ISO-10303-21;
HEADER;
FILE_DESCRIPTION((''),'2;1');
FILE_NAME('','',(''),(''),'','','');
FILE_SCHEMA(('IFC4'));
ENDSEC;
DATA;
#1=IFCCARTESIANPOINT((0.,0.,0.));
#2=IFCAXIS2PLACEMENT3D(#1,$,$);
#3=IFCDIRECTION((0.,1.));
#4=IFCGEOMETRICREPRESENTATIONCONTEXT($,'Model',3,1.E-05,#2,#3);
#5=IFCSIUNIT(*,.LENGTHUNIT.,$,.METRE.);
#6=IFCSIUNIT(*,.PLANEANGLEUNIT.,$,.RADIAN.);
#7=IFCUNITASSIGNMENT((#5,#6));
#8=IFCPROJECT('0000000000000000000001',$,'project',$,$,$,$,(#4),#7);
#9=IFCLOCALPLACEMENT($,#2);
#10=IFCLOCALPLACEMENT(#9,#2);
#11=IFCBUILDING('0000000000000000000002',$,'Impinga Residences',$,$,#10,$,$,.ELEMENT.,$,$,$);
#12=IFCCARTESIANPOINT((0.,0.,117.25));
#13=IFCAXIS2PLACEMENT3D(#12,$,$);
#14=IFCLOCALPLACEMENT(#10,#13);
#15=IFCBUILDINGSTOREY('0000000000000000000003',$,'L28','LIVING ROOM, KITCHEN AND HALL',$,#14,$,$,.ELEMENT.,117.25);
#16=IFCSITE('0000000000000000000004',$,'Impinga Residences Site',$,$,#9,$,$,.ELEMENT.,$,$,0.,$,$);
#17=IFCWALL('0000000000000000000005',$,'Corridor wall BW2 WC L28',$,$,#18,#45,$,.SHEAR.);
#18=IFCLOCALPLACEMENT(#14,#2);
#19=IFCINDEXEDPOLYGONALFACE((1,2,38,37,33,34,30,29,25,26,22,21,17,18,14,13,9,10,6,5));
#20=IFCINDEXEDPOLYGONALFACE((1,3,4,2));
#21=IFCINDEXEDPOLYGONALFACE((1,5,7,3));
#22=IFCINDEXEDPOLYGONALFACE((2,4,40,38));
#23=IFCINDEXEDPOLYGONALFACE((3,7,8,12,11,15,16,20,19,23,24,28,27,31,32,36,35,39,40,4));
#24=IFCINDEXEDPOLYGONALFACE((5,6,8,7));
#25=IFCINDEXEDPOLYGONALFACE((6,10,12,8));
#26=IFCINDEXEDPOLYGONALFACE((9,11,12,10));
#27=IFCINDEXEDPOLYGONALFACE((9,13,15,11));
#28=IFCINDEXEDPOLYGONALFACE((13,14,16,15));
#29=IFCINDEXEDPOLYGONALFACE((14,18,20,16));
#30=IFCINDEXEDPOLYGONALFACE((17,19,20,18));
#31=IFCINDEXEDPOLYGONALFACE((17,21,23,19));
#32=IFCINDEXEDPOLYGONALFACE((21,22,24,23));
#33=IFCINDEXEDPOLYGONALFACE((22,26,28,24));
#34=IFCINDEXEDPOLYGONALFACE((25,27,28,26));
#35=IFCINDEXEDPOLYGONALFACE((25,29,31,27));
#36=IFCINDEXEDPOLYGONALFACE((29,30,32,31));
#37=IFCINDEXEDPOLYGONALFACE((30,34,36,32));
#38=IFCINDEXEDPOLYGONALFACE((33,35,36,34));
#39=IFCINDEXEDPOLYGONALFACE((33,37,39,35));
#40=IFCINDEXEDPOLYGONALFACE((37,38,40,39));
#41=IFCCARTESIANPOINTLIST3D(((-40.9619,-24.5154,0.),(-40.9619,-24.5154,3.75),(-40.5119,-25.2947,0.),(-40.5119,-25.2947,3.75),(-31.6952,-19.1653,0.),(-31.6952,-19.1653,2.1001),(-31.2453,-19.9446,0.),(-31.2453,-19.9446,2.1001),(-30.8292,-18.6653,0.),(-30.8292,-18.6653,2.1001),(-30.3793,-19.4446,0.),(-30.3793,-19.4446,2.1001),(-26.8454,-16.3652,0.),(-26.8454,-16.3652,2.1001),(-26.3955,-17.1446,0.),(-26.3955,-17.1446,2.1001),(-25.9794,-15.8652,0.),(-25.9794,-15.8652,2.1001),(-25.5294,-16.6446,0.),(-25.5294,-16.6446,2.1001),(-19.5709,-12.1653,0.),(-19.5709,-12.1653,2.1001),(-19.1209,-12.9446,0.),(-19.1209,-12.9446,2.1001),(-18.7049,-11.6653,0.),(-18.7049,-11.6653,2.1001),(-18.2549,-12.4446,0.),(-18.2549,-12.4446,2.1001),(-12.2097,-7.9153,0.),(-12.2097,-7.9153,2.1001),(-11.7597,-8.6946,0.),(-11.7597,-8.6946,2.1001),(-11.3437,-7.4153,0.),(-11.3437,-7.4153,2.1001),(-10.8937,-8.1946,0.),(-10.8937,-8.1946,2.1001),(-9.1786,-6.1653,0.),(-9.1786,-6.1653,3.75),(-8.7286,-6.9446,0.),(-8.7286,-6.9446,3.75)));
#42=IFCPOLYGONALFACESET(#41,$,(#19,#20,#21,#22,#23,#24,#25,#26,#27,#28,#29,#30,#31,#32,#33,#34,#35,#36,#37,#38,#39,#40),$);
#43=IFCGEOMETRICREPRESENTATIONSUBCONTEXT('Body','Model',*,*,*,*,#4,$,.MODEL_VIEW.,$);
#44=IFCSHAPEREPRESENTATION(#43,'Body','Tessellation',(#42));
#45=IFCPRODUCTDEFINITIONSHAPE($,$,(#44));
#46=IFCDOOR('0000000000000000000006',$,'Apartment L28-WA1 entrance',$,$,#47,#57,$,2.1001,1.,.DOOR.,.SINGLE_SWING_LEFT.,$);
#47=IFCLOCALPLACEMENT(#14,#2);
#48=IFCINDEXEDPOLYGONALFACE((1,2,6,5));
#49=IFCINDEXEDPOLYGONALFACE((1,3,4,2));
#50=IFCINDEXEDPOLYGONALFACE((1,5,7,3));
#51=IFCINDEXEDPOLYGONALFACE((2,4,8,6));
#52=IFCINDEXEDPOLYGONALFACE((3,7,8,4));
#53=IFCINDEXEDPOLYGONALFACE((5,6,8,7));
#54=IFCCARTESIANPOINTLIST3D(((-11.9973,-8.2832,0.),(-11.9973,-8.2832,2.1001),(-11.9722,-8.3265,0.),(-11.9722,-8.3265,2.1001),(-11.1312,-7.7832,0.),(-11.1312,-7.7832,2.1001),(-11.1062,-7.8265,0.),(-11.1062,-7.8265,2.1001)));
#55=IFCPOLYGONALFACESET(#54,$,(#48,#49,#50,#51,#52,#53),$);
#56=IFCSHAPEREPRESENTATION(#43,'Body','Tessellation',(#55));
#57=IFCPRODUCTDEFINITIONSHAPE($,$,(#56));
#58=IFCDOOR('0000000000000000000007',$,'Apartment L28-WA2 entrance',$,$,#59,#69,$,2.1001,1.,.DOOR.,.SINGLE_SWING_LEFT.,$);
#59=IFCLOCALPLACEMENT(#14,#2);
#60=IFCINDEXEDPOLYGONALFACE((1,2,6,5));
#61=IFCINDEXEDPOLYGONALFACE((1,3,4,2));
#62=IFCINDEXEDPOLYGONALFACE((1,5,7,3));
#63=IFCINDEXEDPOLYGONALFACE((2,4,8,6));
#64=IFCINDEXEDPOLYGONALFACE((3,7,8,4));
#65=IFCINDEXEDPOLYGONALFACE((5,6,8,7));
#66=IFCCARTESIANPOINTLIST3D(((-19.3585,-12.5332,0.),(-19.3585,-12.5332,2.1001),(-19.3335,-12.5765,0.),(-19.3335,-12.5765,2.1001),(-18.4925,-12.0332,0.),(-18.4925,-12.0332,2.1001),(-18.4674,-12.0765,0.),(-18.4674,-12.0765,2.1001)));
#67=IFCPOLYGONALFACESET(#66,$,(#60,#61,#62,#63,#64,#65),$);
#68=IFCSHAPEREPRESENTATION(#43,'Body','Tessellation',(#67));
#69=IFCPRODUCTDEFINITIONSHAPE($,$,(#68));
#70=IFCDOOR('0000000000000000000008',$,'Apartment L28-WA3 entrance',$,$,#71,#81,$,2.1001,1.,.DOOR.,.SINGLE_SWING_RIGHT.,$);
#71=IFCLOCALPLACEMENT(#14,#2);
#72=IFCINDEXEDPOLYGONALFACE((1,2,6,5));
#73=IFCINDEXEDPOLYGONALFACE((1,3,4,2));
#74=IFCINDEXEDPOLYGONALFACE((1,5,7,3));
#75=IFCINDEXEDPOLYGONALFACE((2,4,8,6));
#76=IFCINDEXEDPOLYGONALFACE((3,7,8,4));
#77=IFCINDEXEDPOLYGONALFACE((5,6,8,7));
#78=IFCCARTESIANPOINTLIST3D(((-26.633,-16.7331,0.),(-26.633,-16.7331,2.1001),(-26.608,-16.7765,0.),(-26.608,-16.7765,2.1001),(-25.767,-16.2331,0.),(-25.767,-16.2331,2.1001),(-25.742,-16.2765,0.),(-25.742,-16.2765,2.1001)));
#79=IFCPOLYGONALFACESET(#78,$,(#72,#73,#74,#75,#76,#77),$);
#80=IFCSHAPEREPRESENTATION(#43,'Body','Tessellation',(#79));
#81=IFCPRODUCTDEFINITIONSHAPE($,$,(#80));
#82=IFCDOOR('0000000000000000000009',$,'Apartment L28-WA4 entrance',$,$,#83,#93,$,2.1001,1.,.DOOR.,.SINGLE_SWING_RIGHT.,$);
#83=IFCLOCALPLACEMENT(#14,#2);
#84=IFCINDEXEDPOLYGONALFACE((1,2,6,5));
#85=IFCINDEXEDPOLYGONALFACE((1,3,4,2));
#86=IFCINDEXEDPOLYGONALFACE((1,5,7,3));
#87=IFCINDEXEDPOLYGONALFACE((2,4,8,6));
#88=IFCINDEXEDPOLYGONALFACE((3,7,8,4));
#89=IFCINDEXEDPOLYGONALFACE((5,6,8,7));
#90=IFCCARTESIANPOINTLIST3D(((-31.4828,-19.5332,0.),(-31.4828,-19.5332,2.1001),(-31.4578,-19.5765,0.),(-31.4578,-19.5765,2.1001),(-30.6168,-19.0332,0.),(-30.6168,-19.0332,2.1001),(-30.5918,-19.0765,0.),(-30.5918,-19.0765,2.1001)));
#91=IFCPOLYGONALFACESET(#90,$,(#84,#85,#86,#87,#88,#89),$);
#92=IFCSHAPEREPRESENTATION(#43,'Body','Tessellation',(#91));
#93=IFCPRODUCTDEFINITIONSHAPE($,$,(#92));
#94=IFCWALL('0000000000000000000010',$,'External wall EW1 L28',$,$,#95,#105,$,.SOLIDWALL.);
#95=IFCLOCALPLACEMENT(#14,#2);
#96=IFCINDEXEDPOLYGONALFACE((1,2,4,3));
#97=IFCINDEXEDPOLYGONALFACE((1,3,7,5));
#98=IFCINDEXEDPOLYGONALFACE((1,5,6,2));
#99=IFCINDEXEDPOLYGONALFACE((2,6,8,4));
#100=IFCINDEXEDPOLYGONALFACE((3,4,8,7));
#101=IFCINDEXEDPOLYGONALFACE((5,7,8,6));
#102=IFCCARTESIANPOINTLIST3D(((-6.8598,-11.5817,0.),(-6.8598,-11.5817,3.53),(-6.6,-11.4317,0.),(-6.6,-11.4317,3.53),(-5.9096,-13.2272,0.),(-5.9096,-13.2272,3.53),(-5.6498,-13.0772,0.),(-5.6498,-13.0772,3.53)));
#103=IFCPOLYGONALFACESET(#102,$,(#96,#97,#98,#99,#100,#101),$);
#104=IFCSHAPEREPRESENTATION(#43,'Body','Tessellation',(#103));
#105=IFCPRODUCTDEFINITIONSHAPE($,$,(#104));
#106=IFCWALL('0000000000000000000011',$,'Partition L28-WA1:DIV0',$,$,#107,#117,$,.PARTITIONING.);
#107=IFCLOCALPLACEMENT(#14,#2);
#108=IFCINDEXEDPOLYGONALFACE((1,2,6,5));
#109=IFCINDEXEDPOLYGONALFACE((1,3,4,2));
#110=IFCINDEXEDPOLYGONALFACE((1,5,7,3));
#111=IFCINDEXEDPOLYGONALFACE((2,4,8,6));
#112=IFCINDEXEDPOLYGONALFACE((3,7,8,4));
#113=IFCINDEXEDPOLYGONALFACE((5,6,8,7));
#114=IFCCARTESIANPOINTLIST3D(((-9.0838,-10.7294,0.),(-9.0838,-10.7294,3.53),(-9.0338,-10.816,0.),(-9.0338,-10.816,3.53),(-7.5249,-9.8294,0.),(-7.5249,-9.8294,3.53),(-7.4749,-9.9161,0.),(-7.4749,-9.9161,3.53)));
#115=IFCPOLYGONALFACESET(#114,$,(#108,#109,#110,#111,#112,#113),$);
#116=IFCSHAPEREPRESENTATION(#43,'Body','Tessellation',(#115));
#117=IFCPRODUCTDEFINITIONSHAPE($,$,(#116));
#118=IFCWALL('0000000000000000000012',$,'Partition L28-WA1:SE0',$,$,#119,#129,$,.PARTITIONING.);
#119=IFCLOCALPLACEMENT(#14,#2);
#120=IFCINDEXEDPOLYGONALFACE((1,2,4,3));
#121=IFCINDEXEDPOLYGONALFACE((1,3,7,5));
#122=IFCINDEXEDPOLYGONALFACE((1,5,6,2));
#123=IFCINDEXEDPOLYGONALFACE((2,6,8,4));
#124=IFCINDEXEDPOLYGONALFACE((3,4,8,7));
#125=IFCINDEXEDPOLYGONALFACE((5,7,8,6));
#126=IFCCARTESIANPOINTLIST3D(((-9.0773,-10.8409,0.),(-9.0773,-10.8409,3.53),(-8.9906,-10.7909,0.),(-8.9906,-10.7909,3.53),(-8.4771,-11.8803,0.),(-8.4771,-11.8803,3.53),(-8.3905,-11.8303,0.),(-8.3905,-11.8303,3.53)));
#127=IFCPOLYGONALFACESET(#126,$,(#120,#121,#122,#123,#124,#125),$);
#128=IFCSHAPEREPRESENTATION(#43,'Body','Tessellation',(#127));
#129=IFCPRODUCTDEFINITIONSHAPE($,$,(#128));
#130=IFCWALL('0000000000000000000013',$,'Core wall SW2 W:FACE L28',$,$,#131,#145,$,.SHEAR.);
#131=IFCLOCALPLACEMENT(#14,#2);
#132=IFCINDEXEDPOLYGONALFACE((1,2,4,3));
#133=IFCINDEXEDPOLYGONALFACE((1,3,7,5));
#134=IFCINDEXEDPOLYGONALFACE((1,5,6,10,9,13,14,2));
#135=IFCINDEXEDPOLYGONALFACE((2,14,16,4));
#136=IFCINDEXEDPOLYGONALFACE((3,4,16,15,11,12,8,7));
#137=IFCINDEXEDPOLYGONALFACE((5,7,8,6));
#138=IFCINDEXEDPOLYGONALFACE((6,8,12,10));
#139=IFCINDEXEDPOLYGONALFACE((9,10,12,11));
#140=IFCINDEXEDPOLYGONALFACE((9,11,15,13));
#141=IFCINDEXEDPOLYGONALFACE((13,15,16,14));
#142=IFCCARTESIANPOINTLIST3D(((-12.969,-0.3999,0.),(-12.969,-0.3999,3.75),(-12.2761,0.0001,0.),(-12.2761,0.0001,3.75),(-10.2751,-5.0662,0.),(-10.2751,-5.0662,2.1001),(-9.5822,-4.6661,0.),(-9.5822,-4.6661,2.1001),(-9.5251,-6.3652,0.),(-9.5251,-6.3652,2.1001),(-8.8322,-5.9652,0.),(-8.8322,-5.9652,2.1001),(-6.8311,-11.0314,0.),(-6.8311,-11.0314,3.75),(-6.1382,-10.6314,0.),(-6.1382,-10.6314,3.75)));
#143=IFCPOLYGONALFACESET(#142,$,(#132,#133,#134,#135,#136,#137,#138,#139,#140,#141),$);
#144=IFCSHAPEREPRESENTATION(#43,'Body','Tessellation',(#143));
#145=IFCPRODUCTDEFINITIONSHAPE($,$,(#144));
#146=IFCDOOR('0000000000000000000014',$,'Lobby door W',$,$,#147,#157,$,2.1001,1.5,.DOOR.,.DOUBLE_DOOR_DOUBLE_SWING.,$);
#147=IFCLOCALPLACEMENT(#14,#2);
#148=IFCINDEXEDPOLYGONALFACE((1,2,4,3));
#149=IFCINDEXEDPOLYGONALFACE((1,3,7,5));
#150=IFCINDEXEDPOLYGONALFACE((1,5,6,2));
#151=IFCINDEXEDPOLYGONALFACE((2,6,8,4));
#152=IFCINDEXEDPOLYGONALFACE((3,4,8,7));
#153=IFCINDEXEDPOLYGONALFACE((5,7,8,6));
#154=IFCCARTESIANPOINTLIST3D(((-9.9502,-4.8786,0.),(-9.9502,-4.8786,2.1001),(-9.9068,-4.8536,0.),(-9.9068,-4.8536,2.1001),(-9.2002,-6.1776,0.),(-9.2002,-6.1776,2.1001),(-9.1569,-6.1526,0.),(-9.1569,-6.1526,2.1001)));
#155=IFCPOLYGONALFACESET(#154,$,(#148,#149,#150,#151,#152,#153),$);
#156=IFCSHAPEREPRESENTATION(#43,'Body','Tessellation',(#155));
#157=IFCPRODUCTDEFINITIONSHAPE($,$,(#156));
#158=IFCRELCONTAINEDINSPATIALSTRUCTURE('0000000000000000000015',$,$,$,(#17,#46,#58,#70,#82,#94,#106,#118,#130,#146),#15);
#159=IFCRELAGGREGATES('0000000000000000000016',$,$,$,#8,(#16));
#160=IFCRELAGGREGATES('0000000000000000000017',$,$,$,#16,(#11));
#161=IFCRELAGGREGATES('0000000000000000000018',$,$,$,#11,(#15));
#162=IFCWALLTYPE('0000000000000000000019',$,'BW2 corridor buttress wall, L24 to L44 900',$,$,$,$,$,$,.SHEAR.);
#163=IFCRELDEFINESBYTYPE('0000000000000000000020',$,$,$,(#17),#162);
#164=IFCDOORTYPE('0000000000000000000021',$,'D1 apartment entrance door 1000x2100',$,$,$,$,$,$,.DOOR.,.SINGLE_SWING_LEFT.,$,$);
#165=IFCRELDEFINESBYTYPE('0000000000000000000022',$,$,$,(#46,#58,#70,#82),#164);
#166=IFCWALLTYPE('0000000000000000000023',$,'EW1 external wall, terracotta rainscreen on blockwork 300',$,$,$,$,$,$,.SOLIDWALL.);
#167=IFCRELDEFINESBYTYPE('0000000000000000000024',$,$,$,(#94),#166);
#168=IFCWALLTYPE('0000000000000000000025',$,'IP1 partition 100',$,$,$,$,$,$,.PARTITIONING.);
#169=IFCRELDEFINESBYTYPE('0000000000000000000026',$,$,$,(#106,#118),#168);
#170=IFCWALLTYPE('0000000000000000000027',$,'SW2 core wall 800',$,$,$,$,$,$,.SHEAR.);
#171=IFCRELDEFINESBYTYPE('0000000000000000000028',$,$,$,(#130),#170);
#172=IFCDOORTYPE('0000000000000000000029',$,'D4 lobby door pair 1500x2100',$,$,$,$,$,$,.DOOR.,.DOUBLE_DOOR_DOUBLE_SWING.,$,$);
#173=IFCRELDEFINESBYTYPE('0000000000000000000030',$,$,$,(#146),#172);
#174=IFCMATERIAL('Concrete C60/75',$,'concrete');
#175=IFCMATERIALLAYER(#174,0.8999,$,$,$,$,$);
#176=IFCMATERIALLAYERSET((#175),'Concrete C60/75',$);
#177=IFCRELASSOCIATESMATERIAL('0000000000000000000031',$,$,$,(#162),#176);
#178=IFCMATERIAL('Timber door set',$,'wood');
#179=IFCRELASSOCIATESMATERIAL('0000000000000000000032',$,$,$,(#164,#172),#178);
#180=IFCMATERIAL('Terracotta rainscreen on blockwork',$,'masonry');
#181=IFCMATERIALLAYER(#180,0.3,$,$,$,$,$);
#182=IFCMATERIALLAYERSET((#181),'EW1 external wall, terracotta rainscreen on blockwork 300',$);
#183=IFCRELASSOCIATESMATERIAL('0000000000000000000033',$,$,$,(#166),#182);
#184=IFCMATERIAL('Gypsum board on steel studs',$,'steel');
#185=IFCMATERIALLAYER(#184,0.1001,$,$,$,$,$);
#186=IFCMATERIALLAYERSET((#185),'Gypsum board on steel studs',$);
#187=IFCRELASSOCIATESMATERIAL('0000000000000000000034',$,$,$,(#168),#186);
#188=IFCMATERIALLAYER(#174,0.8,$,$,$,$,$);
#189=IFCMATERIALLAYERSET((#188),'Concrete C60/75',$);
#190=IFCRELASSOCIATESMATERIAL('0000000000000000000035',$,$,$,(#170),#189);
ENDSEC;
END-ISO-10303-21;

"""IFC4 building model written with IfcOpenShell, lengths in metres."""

from ifc_helpers import new_model, si_unit, direction, frame, frame_2d, origin, place, context, subcontext, project, spatial, rectangle, extrude, material, layer, layer_set, type_object, element, fill, save


model = new_model("IFC4")

# Units and contexts
model_context = context("Model", 3, precision=1e-05, world=origin(), true_north=direction((0.0, 1.0)))
body_context = subcontext(model_context, "Body", "Model", "MODEL_VIEW")
ifc_project = project(units=[si_unit("LENGTHUNIT", "METRE"), si_unit("PLANEANGLEUNIT", "RADIAN")], contexts=[model_context])

# Site, building, storey
site_placement = place(None, origin())
site = spatial("IfcSite", under=ifc_project, at=site_placement, Name="Impinga Residences Site", CompositionType="ELEMENT", RefElevation=0.0)
building_placement = place(site_placement, origin())
building = spatial("IfcBuilding", under=site, at=building_placement, Name="Impinga Residences", CompositionType="ELEMENT")
storey_placement = place(building_placement, frame((0.0, 0.0, 117.25)))
storey = spatial("IfcBuildingStorey", under=building, at=storey_placement, Name="L28", Description="LIVING ROOM, KITCHEN AND HALL", CompositionType="ELEMENT", Elevation=117.25)

# Wall, openings, doors
ifc_material_1 = material(Name="Concrete C60/75", Category="concrete")
ifc_layer_1 = layer(ifc_material_1, 0.8999)
ifc_layer_set_1 = layer_set([ifc_layer_1], Name="Concrete C60/75")
wall_type_1 = type_object("IfcWallType", Name="BW2 corridor buttress wall, L24 to L44 900", PredefinedType="SHEAR", material=ifc_layer_set_1)
wall_1_placement = place(storey_placement, frame((-8.9536, -6.5549, 0.0), z_axis=(0.0, 0.0, 1.0), x_axis=(-0.866025, -0.500001, 0.0)))
wall_1 = element("IfcWall", 1, at=wall_1_placement, inside=storey, type_object=wall_type_1, Name="Corridor wall BW2 WC L28", PredefinedType="SHEAR", context=body_context, shape_type="SweptSolid", body=[
    extrude(rectangle(XDim=36.7002, YDim=0.8999, at=frame_2d((18.3501, 0.0))), origin(), (0.0, 0.0, 1.0), 3.75),
])
opening_1_placement = place(wall_1_placement, frame((2.5, 0.0, 0.0)))
opening_1 = element("IfcOpeningElement", 2, at=opening_1_placement, cuts=wall_1, PredefinedType="OPENING", context=body_context, shape_type="SweptSolid", body=[
    extrude(rectangle(XDim=1.0, YDim=2.1001, at=frame_2d((0.5, 1.05))), frame((0.0, 0.46, 0.0), z_axis=(0.0, -1.0, 0.0), x_axis=(1.0, 0.0, 0.0)), (0.0, 0.0, 1.0), 0.9199),
])
opening_2_placement = place(wall_1_placement, frame((11.0, 0.0, 0.0)))
opening_2 = element("IfcOpeningElement", 3, at=opening_2_placement, cuts=wall_1, PredefinedType="OPENING", context=body_context, shape_type="SweptSolid", body=[
    extrude(rectangle(XDim=1.0, YDim=2.1001, at=frame_2d((0.5, 1.05))), frame((0.0, 0.46, 0.0), z_axis=(0.0, -1.0, 0.0), x_axis=(1.0, 0.0, 0.0)), (0.0, 0.0, 1.0), 0.9199),
])
opening_3_placement = place(wall_1_placement, frame((19.3999, 0.0, 0.0)))
opening_3 = element("IfcOpeningElement", 4, at=opening_3_placement, cuts=wall_1, PredefinedType="OPENING", context=body_context, shape_type="SweptSolid", body=[
    extrude(rectangle(XDim=1.0, YDim=2.1001, at=frame_2d((0.5, 1.05))), frame((0.0, 0.46, 0.0), z_axis=(0.0, -1.0, 0.0), x_axis=(1.0, 0.0, 0.0)), (0.0, 0.0, 1.0), 0.9199),
])
opening_4_placement = place(wall_1_placement, frame((25.0, 0.0, 0.0)))
opening_4 = element("IfcOpeningElement", 5, at=opening_4_placement, cuts=wall_1, PredefinedType="OPENING", context=body_context, shape_type="SweptSolid", body=[
    extrude(rectangle(XDim=1.0, YDim=2.1001, at=frame_2d((0.5, 1.05))), frame((0.0, 0.46, 0.0), z_axis=(0.0, -1.0, 0.0), x_axis=(1.0, 0.0, 0.0)), (0.0, 0.0, 1.0), 0.9199),
])
ifc_material_2 = material(Name="Timber door set", Category="wood")
door_type_1 = type_object("IfcDoorType", Name="D1 apartment entrance door 1000x2100", OperationType="SINGLE_SWING_LEFT", PredefinedType="DOOR", material=ifc_material_2)
door_1_placement = place(opening_1_placement, origin())
door_1 = element("IfcDoor", 6, at=door_1_placement, inside=storey, type_object=door_type_1, Name="Apartment L28-WA1 entrance", OperationType="SINGLE_SWING_LEFT", OverallHeight=2.1001, OverallWidth=1.0, PredefinedType="DOOR", context=body_context, shape_type="SweptSolid", body=[
    extrude(rectangle(XDim=1.0, YDim=2.1001, at=frame_2d((0.5, 1.05))), frame((0.0, 0.0249, 0.0), z_axis=(0.0, -1.0, 0.0), x_axis=(1.0, 0.0, 0.0)), (0.0, 0.0, 1.0), 0.05),
])
fill(opening_1, door_1)
door_2_placement = place(opening_2_placement, origin())
door_2 = element("IfcDoor", 7, at=door_2_placement, inside=storey, type_object=door_type_1, Name="Apartment L28-WA2 entrance", OperationType="SINGLE_SWING_LEFT", OverallHeight=2.1001, OverallWidth=1.0, PredefinedType="DOOR", context=body_context, shape_type="SweptSolid", body=[
    extrude(rectangle(XDim=1.0, YDim=2.1001, at=frame_2d((0.5, 1.05))), frame((0.0, 0.0249, 0.0), z_axis=(0.0, -1.0, 0.0), x_axis=(1.0, 0.0, 0.0)), (0.0, 0.0, 1.0), 0.05),
])
fill(opening_2, door_2)
door_3_placement = place(opening_3_placement, origin())
door_3 = element("IfcDoor", 8, at=door_3_placement, inside=storey, type_object=door_type_1, Name="Apartment L28-WA3 entrance", OperationType="SINGLE_SWING_RIGHT", OverallHeight=2.1001, OverallWidth=1.0, PredefinedType="DOOR", context=body_context, shape_type="SweptSolid", body=[
    extrude(rectangle(XDim=1.0, YDim=2.1001, at=frame_2d((0.5, 1.05))), frame((0.0, 0.0249, 0.0), z_axis=(0.0, -1.0, 0.0), x_axis=(1.0, 0.0, 0.0)), (0.0, 0.0, 1.0), 0.05),
])
fill(opening_3, door_3)
door_4_placement = place(opening_4_placement, origin())
door_4 = element("IfcDoor", 9, at=door_4_placement, inside=storey, type_object=door_type_1, Name="Apartment L28-WA4 entrance", OperationType="SINGLE_SWING_RIGHT", OverallHeight=2.1001, OverallWidth=1.0, PredefinedType="DOOR", context=body_context, shape_type="SweptSolid", body=[
    extrude(rectangle(XDim=1.0, YDim=2.1001, at=frame_2d((0.5, 1.05))), frame((0.0, 0.0249, 0.0), z_axis=(0.0, -1.0, 0.0), x_axis=(1.0, 0.0, 0.0)), (0.0, 0.0, 1.0), 0.05),
])
fill(opening_4, door_4)

# Walls
ifc_material_3 = material(Name="Terracotta rainscreen on blockwork", Category="masonry")
ifc_layer_2 = layer(ifc_material_3, 0.3)
ifc_layer_set_2 = layer_set([ifc_layer_2], Name="EW1 external wall, terracotta rainscreen on blockwork 300")
wall_type_2 = type_object("IfcWallType", Name="EW1 external wall, terracotta rainscreen on blockwork 300", PredefinedType="SOLIDWALL", material=ifc_layer_set_2)
wall_2_placement = place(storey_placement, frame((-6.73, -11.5066, 0.0), z_axis=(0.0, 0.0, 1.0), x_axis=(0.500064, -0.865989, 0.0)))
element("IfcWall", 10, at=wall_2_placement, inside=storey, type_object=wall_type_2, Name="External wall EW1 L28", PredefinedType="SOLIDWALL", context=body_context, shape_type="SweptSolid", body=[
    extrude(rectangle(XDim=1.9001, YDim=0.3, at=frame_2d((0.9502, 0.0))), origin(), (0.0, 0.0, 1.0), 3.53),
])
ifc_material_4 = material(Name="Gypsum board on steel studs", Category="steel")
ifc_layer_3 = layer(ifc_material_4, 0.1001)
ifc_layer_set_3 = layer_set([ifc_layer_3], Name="Gypsum board on steel studs")
wall_type_3 = type_object("IfcWallType", Name="IP1 partition 100", PredefinedType="PARTITIONING", material=ifc_layer_set_3)
wall_3_placement = place(storey_placement, frame((-7.5, -9.8728, 0.0), z_axis=(0.0, 0.0, 1.0), x_axis=(-0.866048, -0.499961, 0.0)))
element("IfcWall", 11, at=wall_3_placement, inside=storey, type_object=wall_type_3, Name="Partition L28-WA1:DIV0", PredefinedType="PARTITIONING", context=body_context, shape_type="SweptSolid", body=[
    extrude(rectangle(XDim=1.8, YDim=0.1001, at=frame_2d((0.8999, 0.0))), origin(), (0.0, 0.0, 1.0), 3.53),
])
wall_4_placement = place(storey_placement, frame((-9.0339, -10.8159, 0.0), z_axis=(0.0, 0.0, 1.0), x_axis=(0.500034, -0.866006, 0.0)))
element("IfcWall", 12, at=wall_4_placement, inside=storey, type_object=wall_type_3, Name="Partition L28-WA1:SE0", PredefinedType="PARTITIONING", context=body_context, shape_type="SweptSolid", body=[
    extrude(rectangle(XDim=1.2002, YDim=0.1001, at=frame_2d((0.6001, 0.0))), origin(), (0.0, 0.0, 1.0), 3.53),
])

# Wall, opening, door
ifc_layer_4 = layer(ifc_material_1, 0.8)
ifc_layer_set_4 = layer_set([ifc_layer_4], Name="Concrete C60/75")
wall_type_4 = type_object("IfcWallType", Name="SW2 core wall 800", PredefinedType="SHEAR", material=ifc_layer_set_4)
wall_5_placement = place(storey_placement, frame((-6.4846, -10.8315, 0.0), z_axis=(0.0, 0.0, 1.0), x_axis=(-0.499987, 0.866033, 0.0)))
wall_5 = element("IfcWall", 13, at=wall_5_placement, inside=storey, type_object=wall_type_4, Name="Core wall SW2 W:FACE L28", PredefinedType="SHEAR", context=body_context, shape_type="SweptSolid", body=[
    extrude(rectangle(XDim=12.2761, YDim=0.8, at=frame_2d((6.1382, 0.0))), origin(), (0.0, 0.0, 1.0), 3.75),
])
opening_5_placement = place(wall_5_placement, frame((5.3882, 0.0, 0.0)))
opening_5 = element("IfcOpeningElement", 14, at=opening_5_placement, cuts=wall_5, PredefinedType="OPENING", context=body_context, shape_type="SweptSolid", body=[
    extrude(rectangle(XDim=1.5, YDim=2.1001, at=frame_2d((0.75, 1.05))), frame((0.0, 0.4099, 0.0), z_axis=(0.0, -1.0, 0.0), x_axis=(1.0, 0.0, 0.0)), (0.0, 0.0, 1.0), 0.8201),
])
door_type_2 = type_object("IfcDoorType", Name="D4 lobby door pair 1500x2100", OperationType="DOUBLE_DOOR_DOUBLE_SWING", PredefinedType="DOOR", material=ifc_material_2)
door_5_placement = place(opening_5_placement, origin())
door_5 = element("IfcDoor", 15, at=door_5_placement, inside=storey, type_object=door_type_2, Name="Lobby door W", OperationType="DOUBLE_DOOR_DOUBLE_SWING", OverallHeight=2.1001, OverallWidth=1.5, PredefinedType="DOOR", context=body_context, shape_type="SweptSolid", body=[
    extrude(rectangle(XDim=1.5, YDim=2.1001, at=frame_2d((0.75, 1.05))), frame((0.0, 0.0249, 0.0), z_axis=(0.0, -1.0, 0.0), x_axis=(1.0, 0.0, 0.0)), (0.0, 0.0, 1.0), 0.05),
])
fill(opening_5, door_5)

save(model, "model.ifc")
